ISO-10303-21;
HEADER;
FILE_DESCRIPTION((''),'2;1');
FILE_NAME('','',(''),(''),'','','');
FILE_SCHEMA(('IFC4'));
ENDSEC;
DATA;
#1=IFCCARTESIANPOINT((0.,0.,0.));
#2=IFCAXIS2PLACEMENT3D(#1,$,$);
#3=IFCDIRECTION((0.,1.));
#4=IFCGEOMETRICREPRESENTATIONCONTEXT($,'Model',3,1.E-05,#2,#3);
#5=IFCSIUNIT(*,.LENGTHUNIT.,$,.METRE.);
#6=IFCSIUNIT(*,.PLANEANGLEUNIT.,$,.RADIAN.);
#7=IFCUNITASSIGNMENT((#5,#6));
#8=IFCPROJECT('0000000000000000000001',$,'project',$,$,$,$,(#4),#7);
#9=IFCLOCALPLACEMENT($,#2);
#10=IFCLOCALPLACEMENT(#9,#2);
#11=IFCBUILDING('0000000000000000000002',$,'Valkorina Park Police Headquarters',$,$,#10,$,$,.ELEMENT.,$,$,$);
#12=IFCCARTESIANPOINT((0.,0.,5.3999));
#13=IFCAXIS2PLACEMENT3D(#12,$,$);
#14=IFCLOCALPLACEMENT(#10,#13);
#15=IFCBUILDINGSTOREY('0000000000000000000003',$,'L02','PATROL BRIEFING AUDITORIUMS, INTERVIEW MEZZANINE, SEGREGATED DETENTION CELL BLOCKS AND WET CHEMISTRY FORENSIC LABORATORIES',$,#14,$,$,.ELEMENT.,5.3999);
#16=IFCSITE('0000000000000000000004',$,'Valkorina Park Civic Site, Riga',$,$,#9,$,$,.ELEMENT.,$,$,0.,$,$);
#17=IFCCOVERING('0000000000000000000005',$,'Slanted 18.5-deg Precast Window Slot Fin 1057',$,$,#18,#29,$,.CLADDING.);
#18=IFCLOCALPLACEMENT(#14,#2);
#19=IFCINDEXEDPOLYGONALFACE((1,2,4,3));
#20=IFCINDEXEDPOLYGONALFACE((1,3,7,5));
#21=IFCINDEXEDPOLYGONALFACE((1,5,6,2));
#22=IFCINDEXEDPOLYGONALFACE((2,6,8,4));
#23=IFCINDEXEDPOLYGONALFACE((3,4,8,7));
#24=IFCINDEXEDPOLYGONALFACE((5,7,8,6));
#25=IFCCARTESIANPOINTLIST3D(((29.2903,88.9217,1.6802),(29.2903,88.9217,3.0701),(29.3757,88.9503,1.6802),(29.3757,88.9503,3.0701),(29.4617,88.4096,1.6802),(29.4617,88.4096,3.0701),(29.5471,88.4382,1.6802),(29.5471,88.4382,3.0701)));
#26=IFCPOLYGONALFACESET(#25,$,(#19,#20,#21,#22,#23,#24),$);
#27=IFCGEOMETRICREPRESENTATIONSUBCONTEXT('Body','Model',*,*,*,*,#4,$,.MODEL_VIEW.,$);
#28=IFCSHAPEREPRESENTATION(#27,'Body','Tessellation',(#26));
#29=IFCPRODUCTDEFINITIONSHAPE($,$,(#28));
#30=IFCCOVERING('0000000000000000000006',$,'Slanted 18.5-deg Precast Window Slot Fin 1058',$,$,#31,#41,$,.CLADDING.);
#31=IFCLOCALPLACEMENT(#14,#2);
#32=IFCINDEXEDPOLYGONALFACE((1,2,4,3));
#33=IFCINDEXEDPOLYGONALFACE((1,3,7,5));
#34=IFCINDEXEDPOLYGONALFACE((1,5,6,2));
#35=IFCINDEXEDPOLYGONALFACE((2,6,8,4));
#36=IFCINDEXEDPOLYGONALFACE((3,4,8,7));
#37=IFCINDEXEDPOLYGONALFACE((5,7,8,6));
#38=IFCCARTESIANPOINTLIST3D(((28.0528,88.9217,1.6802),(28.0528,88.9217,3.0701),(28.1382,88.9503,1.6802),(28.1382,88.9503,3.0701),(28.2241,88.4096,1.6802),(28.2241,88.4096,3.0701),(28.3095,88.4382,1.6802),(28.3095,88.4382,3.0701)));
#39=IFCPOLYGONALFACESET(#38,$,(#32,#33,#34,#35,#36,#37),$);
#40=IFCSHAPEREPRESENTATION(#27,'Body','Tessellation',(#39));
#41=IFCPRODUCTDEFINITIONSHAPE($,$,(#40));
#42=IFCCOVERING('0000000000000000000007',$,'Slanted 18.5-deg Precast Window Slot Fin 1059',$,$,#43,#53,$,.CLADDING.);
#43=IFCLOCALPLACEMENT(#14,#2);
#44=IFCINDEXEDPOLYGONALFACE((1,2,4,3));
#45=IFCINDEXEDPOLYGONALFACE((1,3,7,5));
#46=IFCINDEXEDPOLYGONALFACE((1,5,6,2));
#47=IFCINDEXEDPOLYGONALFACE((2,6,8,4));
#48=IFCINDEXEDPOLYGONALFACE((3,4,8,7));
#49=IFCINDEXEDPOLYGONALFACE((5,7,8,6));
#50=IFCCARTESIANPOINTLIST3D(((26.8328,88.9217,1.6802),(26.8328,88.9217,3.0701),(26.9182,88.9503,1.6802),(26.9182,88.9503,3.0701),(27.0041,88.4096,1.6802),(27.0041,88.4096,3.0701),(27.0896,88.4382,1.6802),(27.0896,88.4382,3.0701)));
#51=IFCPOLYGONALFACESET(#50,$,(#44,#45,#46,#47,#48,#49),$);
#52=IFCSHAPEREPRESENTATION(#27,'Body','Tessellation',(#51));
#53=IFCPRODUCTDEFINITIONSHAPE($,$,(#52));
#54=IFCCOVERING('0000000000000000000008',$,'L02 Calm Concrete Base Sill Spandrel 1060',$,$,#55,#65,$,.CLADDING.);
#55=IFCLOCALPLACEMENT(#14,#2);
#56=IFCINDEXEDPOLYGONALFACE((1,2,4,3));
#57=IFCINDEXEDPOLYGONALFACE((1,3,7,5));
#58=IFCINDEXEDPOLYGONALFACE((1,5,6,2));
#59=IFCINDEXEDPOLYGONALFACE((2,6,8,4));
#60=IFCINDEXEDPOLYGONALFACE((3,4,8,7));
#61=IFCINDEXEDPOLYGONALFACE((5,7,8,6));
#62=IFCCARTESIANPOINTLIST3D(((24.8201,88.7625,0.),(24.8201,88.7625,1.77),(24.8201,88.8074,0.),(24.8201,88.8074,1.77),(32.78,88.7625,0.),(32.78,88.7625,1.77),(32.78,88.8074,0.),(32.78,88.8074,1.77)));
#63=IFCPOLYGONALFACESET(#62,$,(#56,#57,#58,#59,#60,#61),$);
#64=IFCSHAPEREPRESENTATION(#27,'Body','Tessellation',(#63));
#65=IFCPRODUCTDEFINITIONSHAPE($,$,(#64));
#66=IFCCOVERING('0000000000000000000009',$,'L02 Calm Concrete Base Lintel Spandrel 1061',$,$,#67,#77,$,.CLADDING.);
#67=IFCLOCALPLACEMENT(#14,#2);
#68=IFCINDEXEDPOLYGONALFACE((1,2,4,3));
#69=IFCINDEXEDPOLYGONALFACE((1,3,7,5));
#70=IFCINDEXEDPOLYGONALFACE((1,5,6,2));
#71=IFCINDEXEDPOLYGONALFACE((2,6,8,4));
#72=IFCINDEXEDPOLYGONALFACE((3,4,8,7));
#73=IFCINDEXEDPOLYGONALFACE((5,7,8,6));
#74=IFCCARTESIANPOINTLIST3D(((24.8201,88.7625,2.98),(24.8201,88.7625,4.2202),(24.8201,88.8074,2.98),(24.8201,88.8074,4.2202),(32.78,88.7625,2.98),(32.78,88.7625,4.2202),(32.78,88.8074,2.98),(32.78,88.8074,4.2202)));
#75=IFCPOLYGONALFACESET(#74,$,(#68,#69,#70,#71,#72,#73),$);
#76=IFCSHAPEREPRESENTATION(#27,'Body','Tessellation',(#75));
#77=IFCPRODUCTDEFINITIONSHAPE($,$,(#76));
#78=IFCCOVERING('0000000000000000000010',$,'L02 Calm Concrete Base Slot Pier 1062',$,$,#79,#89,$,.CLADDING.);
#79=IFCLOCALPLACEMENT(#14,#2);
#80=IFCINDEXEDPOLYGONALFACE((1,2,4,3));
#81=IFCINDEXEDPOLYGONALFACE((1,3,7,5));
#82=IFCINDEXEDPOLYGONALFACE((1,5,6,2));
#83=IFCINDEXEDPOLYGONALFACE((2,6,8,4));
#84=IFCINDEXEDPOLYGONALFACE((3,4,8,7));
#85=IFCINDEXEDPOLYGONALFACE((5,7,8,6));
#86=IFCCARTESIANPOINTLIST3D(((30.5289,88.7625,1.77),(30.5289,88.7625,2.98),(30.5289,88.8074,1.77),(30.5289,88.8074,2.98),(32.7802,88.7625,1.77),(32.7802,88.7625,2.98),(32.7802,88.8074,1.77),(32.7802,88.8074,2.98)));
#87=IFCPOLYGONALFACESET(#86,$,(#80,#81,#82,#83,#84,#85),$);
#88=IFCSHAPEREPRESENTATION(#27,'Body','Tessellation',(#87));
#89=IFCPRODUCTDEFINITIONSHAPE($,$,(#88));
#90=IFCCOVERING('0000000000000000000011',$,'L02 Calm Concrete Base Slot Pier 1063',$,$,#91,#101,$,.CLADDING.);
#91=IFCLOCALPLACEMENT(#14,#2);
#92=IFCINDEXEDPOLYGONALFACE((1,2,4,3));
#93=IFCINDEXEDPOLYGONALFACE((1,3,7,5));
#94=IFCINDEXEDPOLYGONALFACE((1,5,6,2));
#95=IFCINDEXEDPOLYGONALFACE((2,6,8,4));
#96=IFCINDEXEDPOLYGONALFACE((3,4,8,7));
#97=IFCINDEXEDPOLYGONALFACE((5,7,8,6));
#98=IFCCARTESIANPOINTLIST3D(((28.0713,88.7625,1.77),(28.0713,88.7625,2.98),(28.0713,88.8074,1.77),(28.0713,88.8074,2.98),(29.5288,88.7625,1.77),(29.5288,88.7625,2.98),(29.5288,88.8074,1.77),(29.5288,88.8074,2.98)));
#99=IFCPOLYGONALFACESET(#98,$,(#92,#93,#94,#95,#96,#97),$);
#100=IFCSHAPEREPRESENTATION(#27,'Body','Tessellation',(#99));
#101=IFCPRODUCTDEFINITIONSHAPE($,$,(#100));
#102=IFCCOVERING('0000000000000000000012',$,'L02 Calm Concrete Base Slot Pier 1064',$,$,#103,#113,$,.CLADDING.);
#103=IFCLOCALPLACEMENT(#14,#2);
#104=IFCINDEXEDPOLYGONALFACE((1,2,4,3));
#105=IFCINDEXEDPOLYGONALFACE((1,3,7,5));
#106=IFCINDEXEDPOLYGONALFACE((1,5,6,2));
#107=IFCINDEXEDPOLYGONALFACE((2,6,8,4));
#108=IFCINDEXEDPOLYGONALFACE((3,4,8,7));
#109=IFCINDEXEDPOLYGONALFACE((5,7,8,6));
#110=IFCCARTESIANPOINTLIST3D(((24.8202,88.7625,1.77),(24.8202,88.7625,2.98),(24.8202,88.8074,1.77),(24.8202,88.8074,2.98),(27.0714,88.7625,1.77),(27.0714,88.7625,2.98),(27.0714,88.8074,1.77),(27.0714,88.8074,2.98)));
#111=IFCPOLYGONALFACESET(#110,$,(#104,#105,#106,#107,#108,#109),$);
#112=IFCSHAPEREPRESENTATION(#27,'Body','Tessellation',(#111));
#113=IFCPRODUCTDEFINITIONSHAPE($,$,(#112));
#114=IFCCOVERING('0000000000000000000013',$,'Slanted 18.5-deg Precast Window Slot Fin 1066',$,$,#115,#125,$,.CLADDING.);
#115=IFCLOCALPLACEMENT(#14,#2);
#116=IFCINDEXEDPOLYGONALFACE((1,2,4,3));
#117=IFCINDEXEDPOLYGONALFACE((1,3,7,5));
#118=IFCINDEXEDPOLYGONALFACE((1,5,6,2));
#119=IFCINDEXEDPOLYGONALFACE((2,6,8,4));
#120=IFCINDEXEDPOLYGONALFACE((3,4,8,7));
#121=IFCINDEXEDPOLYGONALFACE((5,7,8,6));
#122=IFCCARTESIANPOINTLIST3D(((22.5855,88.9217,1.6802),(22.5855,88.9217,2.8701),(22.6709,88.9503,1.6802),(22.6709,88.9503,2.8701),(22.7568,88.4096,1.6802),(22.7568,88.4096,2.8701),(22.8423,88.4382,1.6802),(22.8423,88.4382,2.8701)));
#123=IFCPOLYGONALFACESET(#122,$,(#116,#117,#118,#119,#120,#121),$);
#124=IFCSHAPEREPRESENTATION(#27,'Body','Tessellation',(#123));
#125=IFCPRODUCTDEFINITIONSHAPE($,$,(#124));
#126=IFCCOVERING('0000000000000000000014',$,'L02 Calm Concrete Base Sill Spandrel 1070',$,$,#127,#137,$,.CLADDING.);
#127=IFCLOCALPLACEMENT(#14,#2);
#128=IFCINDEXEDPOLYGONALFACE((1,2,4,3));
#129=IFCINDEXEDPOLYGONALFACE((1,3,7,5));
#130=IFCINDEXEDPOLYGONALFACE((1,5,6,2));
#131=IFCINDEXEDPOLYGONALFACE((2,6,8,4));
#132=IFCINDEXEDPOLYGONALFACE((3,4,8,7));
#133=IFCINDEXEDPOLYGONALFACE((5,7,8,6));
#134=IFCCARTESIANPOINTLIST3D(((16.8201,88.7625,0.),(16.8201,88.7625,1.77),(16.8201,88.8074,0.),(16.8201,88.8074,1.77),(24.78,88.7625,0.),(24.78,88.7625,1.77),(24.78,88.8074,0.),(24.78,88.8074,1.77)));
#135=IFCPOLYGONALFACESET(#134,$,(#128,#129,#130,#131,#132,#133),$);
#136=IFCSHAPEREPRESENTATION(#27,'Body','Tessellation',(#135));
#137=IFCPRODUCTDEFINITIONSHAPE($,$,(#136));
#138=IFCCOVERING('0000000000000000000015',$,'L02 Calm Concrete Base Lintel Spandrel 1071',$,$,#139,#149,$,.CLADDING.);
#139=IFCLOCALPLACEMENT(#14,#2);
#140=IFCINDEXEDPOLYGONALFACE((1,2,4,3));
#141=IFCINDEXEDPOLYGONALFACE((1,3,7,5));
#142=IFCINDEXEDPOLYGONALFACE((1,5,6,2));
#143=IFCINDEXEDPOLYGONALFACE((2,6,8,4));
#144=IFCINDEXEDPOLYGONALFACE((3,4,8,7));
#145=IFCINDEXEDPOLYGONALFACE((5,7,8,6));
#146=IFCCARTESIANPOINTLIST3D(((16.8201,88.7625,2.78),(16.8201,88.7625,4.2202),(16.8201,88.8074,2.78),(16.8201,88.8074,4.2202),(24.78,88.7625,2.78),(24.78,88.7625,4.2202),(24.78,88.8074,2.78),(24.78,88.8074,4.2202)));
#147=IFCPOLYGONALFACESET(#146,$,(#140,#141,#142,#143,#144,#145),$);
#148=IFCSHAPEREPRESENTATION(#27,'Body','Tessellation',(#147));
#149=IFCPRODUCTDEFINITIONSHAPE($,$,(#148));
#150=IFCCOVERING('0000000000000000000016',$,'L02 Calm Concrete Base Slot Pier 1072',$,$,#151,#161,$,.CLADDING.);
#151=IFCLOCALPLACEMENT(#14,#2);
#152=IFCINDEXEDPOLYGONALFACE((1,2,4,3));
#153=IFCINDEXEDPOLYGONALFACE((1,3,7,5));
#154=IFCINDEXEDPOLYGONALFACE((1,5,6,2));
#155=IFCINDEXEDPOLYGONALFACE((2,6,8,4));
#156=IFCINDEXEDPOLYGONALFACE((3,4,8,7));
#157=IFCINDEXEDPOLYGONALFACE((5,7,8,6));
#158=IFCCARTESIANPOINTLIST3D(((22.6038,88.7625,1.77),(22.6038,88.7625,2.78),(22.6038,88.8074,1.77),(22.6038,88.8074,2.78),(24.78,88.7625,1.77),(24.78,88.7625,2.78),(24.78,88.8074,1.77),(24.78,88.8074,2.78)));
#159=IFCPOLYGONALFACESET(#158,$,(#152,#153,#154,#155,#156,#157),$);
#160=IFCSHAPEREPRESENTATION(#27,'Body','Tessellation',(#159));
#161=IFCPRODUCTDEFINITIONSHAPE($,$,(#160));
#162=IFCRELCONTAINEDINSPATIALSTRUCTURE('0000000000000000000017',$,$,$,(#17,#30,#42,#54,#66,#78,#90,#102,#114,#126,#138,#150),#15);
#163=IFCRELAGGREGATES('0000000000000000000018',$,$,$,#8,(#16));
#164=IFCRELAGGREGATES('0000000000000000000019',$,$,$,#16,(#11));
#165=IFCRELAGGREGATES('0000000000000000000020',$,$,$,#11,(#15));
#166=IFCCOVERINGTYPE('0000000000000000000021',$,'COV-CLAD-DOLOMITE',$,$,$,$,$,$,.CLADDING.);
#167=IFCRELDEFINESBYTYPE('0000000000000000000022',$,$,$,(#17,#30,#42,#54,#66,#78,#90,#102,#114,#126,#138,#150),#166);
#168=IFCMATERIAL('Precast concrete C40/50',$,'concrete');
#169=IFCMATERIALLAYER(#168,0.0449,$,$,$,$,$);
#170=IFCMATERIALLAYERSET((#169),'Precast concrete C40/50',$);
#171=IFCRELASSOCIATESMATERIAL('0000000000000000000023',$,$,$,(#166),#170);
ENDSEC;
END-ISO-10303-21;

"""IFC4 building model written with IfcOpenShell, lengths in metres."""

from ifc_helpers import new_model, si_unit, direction, frame, frame_2d, origin, origin_2d, place, context, subcontext, project, spatial, rectangle, extrude, material, layer, layer_set, type_object, element, save


model = new_model("IFC4")

# Units and contexts
model_context = context("Model", 3, precision=1e-05, world=origin(), true_north=direction((0.0, 1.0)))
body_context = subcontext(model_context, "Body", "Model", "MODEL_VIEW")
ifc_project = project(units=[si_unit("LENGTHUNIT", "METRE"), si_unit("PLANEANGLEUNIT", "RADIAN")], contexts=[model_context])

# Site, building, storey
site_placement = place(None, origin())
site = spatial("IfcSite", under=ifc_project, at=site_placement, Name="Valkorina Park Civic Site, Riga", CompositionType="ELEMENT", RefElevation=0.0)
building_placement = place(site_placement, origin())
building = spatial("IfcBuilding", under=site, at=building_placement, Name="Valkorina Park Police Headquarters", CompositionType="ELEMENT")
storey_placement = place(building_placement, frame((0.0, 0.0, 5.3999)))
storey = spatial("IfcBuildingStorey", under=building, at=storey_placement, Name="L02", Description="PATROL BRIEFING AUDITORIUMS, INTERVIEW MEZZANINE, SEGREGATED DETENTION CELL BLOCKS AND WET CHEMISTRY FORENSIC LABORATORIES", CompositionType="ELEMENT", Elevation=5.3999)

# Coverings
ifc_material_1 = material(Name="Precast concrete C40/50", Category="concrete")
ifc_layer = layer(ifc_material_1, 0.0449)
ifc_layer_set = layer_set([ifc_layer], Name="Precast concrete C40/50")
covering_type = type_object("IfcCoveringType", Name="COV-CLAD-DOLOMITE", PredefinedType="CLADDING", material=ifc_layer_set)
for number, where, z_axis, x_axis, name in (
    (1, (29.4187, 88.6799, 1.6802), (0.0, 0.0, 1.0), (0.317305, -0.948324, 0.0), "Slanted 18.5-deg Precast Window Slot Fin 1057"),
    (2, (28.1812, 88.6799, 1.6802), (0.0, 0.0, 1.0), (0.317305, -0.948324, 0.0), "Slanted 18.5-deg Precast Window Slot Fin 1058"),
    (3, (26.9612, 88.6799, 1.6802), (0.0, 0.0, 1.0), (0.317305, -0.948324, 0.0), "Slanted 18.5-deg Precast Window Slot Fin 1059"),
):
    element("IfcCovering", number, at=place(storey_placement, frame(where, z_axis=z_axis, x_axis=x_axis)), inside=storey, type_object=covering_type, Name=name, PredefinedType="CLADDING", context=body_context, shape_type="SweptSolid", body=[
        extrude(rectangle(XDim=0.54, YDim=0.0901, at=origin_2d()), origin(), (0.0, 0.0, 1.0), 1.3899),
    ])
covering_1_placement = place(storey_placement, frame((32.78, 88.7849, 0.0), z_axis=(0.0, 0.0, 1.0), x_axis=(-1.0, 0.0, 0.0)))
element("IfcCovering", 4, at=covering_1_placement, inside=storey, type_object=covering_type, Name="L02 Calm Concrete Base Sill Spandrel 1060", PredefinedType="CLADDING", context=body_context, shape_type="SweptSolid", body=[
    extrude(rectangle(XDim=7.96, YDim=0.0449, at=frame_2d((3.98, 0.0))), origin(), (0.0, 0.0, 1.0), 1.77),
])
covering_2_placement = place(storey_placement, frame((32.78, 88.7849, 2.98), z_axis=(0.0, 0.0, 1.0), x_axis=(-1.0, 0.0, 0.0)))
element("IfcCovering", 5, at=covering_2_placement, inside=storey, type_object=covering_type, Name="L02 Calm Concrete Base Lintel Spandrel 1061", PredefinedType="CLADDING", context=body_context, shape_type="SweptSolid", body=[
    extrude(rectangle(XDim=7.96, YDim=0.0449, at=frame_2d((3.98, 0.0))), origin(), (0.0, 0.0, 1.0), 1.2402),
])
covering_3_placement = place(storey_placement, frame((32.78, 88.7849, 1.77), z_axis=(0.0, 0.0, 1.0), x_axis=(-1.0, 0.0, 0.0)))
element("IfcCovering", 6, at=covering_3_placement, inside=storey, type_object=covering_type, Name="L02 Calm Concrete Base Slot Pier 1062", PredefinedType="CLADDING", context=body_context, shape_type="SweptSolid", body=[
    extrude(rectangle(XDim=2.2512, YDim=0.0449, at=frame_2d((1.1255, 0.0))), origin(), (0.0, 0.0, 1.0), 1.21),
])
covering_4_placement = place(storey_placement, frame((29.5288, 88.7849, 1.77), z_axis=(0.0, 0.0, 1.0), x_axis=(-1.0, 0.0, 0.0)))
element("IfcCovering", 7, at=covering_4_placement, inside=storey, type_object=covering_type, Name="L02 Calm Concrete Base Slot Pier 1063", PredefinedType="CLADDING", context=body_context, shape_type="SweptSolid", body=[
    extrude(rectangle(XDim=1.4575, YDim=0.0449, at=frame_2d((0.7288, 0.0))), origin(), (0.0, 0.0, 1.0), 1.21),
])
covering_5_placement = place(storey_placement, frame((27.0713, 88.7849, 1.77), z_axis=(0.0, 0.0, 1.0), x_axis=(-1.0, 0.0, 0.0)))
element("IfcCovering", 8, at=covering_5_placement, inside=storey, type_object=covering_type, Name="L02 Calm Concrete Base Slot Pier 1064", PredefinedType="CLADDING", context=body_context, shape_type="SweptSolid", body=[
    extrude(rectangle(XDim=2.2512, YDim=0.0449, at=frame_2d((1.1255, 0.0))), origin(), (0.0, 0.0, 1.0), 1.21),
])
covering_6_placement = place(storey_placement, frame((22.7139, 88.6799, 1.6802), z_axis=(0.0, 0.0, 1.0), x_axis=(0.317305, -0.948324, 0.0)))
element("IfcCovering", 9, at=covering_6_placement, inside=storey, type_object=covering_type, Name="Slanted 18.5-deg Precast Window Slot Fin 1066", PredefinedType="CLADDING", context=body_context, shape_type="SweptSolid", body=[
    extrude(rectangle(XDim=0.54, YDim=0.0901, at=origin_2d()), origin(), (0.0, 0.0, 1.0), 1.1899),
])
covering_7_placement = place(storey_placement, frame((24.78, 88.7849, 0.0), z_axis=(0.0, 0.0, 1.0), x_axis=(-1.0, 0.0, 0.0)))
element("IfcCovering", 10, at=covering_7_placement, inside=storey, type_object=covering_type, Name="L02 Calm Concrete Base Sill Spandrel 1070", PredefinedType="CLADDING", context=body_context, shape_type="SweptSolid", body=[
    extrude(rectangle(XDim=7.96, YDim=0.0449, at=frame_2d((3.98, 0.0))), origin(), (0.0, 0.0, 1.0), 1.77),
])
covering_8_placement = place(storey_placement, frame((24.78, 88.7849, 2.78), z_axis=(0.0, 0.0, 1.0), x_axis=(-1.0, 0.0, 0.0)))
element("IfcCovering", 11, at=covering_8_placement, inside=storey, type_object=covering_type, Name="L02 Calm Concrete Base Lintel Spandrel 1071", PredefinedType="CLADDING", context=body_context, shape_type="SweptSolid", body=[
    extrude(rectangle(XDim=7.96, YDim=0.0449, at=frame_2d((3.98, 0.0))), origin(), (0.0, 0.0, 1.0), 1.4402),
])
covering_9_placement = place(storey_placement, frame((24.78, 88.7849, 1.77), z_axis=(0.0, 0.0, 1.0), x_axis=(-1.0, 0.0, 0.0)))
element("IfcCovering", 12, at=covering_9_placement, inside=storey, type_object=covering_type, Name="L02 Calm Concrete Base Slot Pier 1072", PredefinedType="CLADDING", context=body_context, shape_type="SweptSolid", body=[
    extrude(rectangle(XDim=2.1763, YDim=0.0449, at=frame_2d((1.0881, 0.0))), origin(), (0.0, 0.0, 1.0), 1.01),
])

save(model, "model.ifc")
